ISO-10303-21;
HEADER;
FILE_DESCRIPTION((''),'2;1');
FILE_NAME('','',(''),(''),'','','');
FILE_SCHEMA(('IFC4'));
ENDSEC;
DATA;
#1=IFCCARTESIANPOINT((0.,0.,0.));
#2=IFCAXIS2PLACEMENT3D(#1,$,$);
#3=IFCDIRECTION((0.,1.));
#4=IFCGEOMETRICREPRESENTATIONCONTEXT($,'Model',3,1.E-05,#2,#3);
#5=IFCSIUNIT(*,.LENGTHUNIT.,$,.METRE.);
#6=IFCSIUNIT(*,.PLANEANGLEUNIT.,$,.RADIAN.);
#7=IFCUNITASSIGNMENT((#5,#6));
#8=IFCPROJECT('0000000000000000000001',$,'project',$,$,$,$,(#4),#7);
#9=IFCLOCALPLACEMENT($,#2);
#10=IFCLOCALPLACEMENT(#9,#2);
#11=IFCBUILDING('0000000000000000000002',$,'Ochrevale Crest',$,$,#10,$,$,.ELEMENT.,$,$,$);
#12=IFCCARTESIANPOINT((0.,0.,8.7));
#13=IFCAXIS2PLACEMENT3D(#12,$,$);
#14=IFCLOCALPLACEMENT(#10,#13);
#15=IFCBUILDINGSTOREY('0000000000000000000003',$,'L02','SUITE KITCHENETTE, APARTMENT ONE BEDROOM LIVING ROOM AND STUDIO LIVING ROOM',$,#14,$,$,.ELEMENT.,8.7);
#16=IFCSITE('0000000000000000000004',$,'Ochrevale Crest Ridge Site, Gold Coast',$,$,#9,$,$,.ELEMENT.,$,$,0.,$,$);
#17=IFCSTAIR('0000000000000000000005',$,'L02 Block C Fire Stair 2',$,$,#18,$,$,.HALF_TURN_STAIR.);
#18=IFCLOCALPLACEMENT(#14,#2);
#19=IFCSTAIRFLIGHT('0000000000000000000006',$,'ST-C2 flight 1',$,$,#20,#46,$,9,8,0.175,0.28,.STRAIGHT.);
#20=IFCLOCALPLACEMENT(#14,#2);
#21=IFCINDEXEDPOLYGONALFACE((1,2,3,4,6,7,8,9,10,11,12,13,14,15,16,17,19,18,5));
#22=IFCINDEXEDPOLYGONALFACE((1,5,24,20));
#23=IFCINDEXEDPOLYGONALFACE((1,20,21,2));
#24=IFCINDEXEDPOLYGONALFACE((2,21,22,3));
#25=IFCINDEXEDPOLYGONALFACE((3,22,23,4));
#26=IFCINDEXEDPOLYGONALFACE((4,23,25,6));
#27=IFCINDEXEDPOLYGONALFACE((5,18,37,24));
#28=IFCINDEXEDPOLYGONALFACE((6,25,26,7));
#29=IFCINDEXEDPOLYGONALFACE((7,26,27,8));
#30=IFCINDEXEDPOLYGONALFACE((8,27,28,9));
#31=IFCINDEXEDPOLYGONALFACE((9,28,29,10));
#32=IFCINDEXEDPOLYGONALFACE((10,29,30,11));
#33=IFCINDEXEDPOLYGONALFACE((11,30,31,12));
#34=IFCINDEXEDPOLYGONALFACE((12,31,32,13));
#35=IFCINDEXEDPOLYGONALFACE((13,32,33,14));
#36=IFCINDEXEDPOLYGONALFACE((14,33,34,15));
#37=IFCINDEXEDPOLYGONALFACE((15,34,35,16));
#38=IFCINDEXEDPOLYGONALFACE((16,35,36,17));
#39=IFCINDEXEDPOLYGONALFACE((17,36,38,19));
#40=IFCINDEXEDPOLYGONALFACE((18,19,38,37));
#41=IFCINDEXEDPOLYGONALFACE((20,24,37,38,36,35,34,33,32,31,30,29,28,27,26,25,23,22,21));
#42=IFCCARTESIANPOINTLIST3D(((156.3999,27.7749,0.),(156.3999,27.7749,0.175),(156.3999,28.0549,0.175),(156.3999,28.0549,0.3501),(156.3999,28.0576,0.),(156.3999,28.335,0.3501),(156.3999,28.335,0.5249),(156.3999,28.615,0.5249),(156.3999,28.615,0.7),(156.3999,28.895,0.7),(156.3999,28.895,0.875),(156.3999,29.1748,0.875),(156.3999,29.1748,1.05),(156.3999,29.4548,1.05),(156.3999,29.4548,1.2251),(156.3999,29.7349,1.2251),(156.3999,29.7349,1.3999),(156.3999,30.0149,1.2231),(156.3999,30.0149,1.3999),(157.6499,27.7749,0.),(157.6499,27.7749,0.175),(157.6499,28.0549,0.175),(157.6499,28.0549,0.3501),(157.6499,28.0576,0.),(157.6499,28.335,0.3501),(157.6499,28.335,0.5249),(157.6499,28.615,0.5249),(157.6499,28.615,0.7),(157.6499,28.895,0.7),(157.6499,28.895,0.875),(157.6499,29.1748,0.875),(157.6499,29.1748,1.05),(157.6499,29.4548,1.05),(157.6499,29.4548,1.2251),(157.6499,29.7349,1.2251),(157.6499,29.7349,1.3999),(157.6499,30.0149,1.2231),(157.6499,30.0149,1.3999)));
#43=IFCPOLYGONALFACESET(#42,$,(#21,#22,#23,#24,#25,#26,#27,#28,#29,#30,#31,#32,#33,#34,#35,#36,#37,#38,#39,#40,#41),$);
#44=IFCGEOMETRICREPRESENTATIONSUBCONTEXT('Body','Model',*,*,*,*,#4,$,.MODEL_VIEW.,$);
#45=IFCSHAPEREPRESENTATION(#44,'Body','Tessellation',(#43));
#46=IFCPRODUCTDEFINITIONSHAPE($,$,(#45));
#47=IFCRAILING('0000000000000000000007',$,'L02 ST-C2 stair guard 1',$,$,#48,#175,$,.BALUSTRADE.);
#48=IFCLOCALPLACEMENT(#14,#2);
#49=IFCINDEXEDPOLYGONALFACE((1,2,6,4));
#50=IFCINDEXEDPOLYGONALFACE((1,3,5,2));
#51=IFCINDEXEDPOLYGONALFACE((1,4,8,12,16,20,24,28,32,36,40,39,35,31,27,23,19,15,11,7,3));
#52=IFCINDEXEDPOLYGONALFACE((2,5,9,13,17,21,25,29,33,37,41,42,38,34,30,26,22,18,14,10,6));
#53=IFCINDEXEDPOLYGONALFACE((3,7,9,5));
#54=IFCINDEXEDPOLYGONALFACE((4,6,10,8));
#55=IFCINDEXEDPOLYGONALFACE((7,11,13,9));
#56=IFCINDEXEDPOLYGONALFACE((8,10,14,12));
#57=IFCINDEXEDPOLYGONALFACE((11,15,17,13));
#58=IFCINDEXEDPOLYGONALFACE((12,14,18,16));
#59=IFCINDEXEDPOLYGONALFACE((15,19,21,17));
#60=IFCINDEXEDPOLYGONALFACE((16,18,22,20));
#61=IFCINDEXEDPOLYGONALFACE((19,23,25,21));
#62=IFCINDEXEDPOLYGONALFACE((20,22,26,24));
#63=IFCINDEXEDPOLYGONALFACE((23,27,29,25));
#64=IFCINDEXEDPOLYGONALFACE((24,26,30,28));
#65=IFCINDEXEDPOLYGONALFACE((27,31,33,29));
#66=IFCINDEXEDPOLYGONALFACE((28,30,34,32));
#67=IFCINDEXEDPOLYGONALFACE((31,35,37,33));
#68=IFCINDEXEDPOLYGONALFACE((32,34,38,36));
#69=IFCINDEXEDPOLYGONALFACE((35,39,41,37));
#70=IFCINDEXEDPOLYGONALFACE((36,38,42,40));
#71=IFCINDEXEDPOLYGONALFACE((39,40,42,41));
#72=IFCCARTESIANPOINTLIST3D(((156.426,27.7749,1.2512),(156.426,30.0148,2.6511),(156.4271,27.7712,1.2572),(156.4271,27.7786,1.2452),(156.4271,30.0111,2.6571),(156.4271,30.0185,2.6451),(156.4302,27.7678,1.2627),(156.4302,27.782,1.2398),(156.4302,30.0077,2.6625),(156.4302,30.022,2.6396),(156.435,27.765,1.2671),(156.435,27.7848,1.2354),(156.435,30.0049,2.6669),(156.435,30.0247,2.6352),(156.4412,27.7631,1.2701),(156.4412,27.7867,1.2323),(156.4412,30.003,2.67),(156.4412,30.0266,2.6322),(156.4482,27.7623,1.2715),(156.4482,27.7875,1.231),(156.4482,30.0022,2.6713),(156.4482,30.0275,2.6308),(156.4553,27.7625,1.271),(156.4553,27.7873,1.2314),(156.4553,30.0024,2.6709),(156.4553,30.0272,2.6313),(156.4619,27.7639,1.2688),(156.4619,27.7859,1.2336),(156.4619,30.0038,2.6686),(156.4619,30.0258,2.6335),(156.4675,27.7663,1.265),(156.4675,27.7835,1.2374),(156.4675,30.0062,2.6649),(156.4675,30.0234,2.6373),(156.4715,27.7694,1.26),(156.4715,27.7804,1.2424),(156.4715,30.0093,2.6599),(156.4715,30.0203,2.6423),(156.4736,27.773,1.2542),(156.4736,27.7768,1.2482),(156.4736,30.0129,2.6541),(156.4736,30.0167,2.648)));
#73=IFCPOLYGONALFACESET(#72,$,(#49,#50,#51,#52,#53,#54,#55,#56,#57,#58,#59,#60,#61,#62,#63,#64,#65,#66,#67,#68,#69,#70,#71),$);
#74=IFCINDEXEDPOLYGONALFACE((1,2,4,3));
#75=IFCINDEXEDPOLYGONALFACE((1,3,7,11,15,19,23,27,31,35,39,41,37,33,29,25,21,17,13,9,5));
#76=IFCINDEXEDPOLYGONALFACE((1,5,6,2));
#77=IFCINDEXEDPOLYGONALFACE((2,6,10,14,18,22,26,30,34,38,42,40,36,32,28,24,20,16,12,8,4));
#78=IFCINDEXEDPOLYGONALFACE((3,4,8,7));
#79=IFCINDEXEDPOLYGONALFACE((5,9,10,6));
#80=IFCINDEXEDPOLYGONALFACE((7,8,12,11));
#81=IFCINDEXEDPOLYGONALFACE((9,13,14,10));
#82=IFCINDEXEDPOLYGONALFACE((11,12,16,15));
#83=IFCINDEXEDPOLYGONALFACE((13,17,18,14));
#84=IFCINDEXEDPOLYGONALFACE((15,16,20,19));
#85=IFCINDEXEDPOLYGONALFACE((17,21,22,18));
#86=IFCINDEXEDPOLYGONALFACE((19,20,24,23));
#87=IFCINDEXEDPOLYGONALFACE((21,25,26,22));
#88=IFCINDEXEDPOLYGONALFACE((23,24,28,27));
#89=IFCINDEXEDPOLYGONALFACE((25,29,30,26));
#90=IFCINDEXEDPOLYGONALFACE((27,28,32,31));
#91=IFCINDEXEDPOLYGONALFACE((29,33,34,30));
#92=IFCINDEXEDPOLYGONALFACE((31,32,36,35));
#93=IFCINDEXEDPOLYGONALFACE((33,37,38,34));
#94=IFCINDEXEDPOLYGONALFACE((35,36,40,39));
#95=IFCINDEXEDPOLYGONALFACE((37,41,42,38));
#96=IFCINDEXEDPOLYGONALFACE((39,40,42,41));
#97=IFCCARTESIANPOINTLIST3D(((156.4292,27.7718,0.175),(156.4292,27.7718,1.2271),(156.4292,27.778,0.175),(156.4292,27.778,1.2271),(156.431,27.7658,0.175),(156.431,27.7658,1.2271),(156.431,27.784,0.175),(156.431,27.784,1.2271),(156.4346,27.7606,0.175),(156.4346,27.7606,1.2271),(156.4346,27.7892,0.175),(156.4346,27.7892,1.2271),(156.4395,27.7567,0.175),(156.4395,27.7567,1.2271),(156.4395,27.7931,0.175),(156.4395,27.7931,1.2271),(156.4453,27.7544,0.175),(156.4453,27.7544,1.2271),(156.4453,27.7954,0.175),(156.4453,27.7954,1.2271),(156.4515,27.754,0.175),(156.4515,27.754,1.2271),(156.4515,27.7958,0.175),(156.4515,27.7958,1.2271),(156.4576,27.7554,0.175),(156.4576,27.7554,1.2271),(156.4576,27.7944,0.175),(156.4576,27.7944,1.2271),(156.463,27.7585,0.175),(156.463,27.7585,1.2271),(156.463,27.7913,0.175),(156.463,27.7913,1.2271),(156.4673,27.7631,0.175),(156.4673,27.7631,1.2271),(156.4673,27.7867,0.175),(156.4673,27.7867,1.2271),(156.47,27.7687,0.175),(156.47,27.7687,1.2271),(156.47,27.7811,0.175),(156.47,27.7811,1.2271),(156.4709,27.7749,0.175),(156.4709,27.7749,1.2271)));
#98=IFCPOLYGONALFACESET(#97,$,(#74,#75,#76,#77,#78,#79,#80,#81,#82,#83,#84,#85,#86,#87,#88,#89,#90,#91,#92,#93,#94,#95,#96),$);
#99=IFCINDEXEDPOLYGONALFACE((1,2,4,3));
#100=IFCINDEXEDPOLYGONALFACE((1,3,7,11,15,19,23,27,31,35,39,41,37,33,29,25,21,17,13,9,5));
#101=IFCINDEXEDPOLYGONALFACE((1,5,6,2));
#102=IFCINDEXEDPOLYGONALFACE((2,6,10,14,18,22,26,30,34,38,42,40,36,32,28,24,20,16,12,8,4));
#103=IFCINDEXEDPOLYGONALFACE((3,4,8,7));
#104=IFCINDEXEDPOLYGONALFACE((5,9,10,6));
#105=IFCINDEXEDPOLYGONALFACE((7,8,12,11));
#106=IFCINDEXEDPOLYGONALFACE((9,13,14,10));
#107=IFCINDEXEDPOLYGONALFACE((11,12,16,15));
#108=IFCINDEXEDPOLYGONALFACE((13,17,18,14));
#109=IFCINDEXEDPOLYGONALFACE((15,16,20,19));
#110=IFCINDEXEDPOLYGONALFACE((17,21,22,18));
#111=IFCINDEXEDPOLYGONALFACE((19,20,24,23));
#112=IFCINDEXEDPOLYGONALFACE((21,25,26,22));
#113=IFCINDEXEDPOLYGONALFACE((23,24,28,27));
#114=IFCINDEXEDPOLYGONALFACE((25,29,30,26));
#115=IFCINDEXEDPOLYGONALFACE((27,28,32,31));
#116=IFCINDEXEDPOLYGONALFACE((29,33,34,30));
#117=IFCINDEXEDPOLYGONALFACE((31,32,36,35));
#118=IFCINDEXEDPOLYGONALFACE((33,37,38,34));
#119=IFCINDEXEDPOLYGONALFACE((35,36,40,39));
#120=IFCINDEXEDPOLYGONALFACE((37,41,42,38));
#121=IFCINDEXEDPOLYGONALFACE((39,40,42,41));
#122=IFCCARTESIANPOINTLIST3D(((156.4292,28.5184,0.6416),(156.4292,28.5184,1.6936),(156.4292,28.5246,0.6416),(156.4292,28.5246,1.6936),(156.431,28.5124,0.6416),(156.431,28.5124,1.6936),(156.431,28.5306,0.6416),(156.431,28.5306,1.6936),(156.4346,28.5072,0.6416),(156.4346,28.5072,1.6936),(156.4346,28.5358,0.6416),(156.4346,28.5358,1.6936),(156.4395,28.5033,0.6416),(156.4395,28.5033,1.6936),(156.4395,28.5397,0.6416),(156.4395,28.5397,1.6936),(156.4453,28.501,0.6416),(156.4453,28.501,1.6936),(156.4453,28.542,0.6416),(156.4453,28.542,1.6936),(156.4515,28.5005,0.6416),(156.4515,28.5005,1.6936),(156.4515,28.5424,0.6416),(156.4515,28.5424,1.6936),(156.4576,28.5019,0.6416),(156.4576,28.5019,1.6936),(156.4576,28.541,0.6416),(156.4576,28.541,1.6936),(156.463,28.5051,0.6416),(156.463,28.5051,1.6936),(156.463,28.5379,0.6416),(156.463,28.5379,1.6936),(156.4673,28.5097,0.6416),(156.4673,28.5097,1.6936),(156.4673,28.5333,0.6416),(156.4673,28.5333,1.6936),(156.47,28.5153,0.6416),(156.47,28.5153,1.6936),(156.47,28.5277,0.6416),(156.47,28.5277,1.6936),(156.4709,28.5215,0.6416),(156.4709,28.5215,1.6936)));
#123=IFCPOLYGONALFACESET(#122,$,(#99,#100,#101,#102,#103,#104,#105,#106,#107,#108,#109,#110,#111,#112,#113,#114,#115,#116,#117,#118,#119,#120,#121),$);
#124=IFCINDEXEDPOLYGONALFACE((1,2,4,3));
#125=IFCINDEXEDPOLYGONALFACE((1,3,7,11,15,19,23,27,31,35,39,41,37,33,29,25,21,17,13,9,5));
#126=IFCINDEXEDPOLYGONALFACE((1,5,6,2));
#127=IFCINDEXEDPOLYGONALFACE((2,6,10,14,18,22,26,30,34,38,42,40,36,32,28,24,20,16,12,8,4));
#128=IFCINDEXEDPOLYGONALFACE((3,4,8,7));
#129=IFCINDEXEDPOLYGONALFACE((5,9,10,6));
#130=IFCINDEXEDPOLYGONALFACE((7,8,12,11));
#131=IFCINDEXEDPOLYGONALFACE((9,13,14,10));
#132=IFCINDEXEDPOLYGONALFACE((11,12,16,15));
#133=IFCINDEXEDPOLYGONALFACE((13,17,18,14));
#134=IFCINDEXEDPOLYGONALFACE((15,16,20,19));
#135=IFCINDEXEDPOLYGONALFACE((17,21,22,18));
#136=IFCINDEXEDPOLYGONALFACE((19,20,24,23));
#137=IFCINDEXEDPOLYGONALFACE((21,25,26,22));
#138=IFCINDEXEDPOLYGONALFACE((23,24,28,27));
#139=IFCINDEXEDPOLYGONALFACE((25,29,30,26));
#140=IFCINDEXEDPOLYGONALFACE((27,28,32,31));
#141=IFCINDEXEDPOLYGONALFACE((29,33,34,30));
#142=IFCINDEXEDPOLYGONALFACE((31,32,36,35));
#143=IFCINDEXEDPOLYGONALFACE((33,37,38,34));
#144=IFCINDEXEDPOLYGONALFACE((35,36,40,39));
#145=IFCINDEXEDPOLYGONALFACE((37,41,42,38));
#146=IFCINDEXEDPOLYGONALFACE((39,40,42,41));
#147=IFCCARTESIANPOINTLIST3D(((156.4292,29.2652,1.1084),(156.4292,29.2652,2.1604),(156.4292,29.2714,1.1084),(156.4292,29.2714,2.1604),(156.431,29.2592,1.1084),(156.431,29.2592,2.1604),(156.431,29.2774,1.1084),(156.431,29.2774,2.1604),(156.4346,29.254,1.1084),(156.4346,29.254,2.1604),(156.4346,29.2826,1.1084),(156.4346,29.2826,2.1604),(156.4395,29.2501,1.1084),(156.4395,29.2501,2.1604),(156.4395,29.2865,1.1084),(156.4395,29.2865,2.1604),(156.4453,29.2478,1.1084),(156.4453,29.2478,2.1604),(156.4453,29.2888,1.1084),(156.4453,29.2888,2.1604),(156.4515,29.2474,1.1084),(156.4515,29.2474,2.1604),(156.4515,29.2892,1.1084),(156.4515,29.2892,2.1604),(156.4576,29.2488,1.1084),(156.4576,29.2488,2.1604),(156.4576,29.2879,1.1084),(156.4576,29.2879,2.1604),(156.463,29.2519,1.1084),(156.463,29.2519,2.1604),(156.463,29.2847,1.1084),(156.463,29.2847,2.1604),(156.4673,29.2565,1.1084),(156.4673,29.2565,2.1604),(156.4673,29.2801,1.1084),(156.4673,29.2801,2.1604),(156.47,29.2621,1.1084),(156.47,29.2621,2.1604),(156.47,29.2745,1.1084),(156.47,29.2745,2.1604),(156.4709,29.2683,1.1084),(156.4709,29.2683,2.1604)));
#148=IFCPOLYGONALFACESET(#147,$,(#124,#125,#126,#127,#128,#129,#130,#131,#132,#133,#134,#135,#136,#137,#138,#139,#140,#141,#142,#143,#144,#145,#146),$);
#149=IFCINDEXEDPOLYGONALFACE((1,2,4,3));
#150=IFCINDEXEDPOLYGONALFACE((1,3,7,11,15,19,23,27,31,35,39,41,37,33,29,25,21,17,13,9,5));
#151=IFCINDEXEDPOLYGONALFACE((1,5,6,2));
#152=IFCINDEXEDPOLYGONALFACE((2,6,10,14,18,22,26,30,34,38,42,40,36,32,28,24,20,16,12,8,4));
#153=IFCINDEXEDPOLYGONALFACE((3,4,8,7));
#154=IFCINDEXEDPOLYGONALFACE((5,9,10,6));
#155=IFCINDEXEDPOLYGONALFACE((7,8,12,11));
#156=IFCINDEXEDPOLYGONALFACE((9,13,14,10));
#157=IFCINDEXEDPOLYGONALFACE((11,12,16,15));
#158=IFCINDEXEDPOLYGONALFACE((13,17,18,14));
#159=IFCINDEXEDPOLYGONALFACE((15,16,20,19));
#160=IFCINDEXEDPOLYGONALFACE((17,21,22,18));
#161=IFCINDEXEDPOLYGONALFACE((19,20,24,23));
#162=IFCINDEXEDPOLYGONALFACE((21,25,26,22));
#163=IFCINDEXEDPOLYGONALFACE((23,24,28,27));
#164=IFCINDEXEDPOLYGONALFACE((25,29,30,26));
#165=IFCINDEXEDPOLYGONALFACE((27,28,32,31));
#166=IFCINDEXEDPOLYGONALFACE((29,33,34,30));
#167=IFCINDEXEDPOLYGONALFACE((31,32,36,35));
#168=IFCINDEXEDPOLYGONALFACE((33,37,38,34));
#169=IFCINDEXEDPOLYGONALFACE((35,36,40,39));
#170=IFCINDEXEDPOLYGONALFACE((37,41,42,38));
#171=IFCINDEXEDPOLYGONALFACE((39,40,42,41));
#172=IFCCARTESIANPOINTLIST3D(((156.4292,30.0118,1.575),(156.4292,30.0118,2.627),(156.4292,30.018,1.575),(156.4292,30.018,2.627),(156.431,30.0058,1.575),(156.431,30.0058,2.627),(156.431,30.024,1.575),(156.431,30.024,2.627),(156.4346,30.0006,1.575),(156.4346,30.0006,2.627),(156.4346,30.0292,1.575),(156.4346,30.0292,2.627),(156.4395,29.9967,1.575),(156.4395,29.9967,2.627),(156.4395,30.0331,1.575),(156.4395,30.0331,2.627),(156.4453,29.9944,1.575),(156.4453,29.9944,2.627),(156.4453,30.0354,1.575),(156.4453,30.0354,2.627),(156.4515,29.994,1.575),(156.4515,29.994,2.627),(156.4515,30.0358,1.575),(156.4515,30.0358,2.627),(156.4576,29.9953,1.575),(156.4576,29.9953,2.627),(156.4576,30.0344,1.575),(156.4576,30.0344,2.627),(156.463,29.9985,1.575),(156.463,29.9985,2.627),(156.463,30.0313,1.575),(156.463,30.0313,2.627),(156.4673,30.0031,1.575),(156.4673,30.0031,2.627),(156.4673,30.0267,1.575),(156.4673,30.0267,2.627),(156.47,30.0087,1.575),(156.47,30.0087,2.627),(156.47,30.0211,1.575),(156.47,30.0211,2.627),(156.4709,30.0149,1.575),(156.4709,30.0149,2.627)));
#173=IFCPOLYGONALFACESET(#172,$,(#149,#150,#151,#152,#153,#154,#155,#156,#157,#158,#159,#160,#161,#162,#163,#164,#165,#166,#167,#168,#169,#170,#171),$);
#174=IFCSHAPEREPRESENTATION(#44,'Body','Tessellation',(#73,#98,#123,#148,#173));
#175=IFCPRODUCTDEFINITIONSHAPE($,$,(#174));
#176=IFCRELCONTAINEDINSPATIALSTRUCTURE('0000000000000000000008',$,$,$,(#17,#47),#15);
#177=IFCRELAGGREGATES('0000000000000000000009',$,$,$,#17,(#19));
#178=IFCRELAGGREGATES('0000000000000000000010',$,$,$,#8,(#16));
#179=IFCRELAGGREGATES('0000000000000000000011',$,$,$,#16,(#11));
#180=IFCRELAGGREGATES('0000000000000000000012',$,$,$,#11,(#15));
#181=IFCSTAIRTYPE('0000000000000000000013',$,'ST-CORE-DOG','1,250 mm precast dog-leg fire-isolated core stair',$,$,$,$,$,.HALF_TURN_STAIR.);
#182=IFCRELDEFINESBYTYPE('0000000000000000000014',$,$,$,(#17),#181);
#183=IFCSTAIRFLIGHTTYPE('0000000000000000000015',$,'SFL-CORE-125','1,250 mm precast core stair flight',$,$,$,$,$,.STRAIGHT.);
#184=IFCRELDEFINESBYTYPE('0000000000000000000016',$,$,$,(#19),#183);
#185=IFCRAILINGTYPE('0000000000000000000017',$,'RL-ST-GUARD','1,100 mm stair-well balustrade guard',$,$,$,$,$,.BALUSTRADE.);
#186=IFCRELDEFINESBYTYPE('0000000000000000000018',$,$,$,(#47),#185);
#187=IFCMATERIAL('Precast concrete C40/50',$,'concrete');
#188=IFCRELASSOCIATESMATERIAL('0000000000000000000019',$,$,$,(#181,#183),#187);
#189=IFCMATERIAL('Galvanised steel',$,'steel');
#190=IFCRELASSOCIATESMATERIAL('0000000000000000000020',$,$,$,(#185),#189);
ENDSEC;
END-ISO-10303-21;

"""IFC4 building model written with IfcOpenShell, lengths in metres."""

from ifc_helpers import new_model, si_unit, direction, frame, origin, origin_2d, place, context, subcontext, project, spatial, polyline, circle, outline, extrude, material, type_object, element, aggregate, save


model = new_model("IFC4")

# Units and contexts
model_context = context("Model", 3, precision=1e-05, world=origin(), true_north=direction((0.0, 1.0)))
body_context = subcontext(model_context, "Body", "Model", "MODEL_VIEW")
ifc_project = project(units=[si_unit("LENGTHUNIT", "METRE"), si_unit("PLANEANGLEUNIT", "RADIAN")], contexts=[model_context])

# Site, building, storey
site_placement = place(None, origin())
site = spatial("IfcSite", under=ifc_project, at=site_placement, Name="Ochrevale Crest Ridge Site, Gold Coast", CompositionType="ELEMENT", RefElevation=0.0)
building_placement = place(site_placement, origin())
building = spatial("IfcBuilding", under=site, at=building_placement, Name="Ochrevale Crest", CompositionType="ELEMENT")
storey_placement = place(building_placement, frame((0.0, 0.0, 8.7)))
storey = spatial("IfcBuildingStorey", under=building, at=storey_placement, Name="L02", Description="SUITE KITCHENETTE, APARTMENT ONE BEDROOM LIVING ROOM AND STUDIO LIVING ROOM", CompositionType="ELEMENT", Elevation=8.7)

# Stair, stair flight
ifc_material_1 = material(Name="Precast concrete C40/50", Category="concrete")
stair_type = type_object("IfcStairType", Name="ST-CORE-DOG", Description="1,250 mm precast dog-leg fire-isolated core stair", PredefinedType="HALF_TURN_STAIR", material=ifc_material_1)
stair_placement = place(storey_placement, origin())
stair = element("IfcStair", 1, at=stair_placement, inside=storey, type_object=stair_type, Name="L02 Block C Fire Stair 2", PredefinedType="HALF_TURN_STAIR")
stair_flight_type = type_object("IfcStairFlightType", Name="SFL-CORE-125", Description="1,250 mm precast core stair flight", PredefinedType="STRAIGHT", material=ifc_material_1)
stair_flight_placement = place(storey_placement, frame((157.0249, 27.7749, 0.0), z_axis=(0.0, 0.0, 1.0), x_axis=(0.0, 1.0, 0.0)))
stair_flight = element("IfcStairFlight", 2, at=stair_flight_placement, type_object=stair_flight_type, Name="ST-C2 flight 1", NumberOfRisers=9, NumberOfTreads=8, PredefinedType="STRAIGHT", RiserHeight=0.175, TreadLength=0.28, context=body_context, shape_type="SweptSolid", body=[
    extrude(outline(polyline([(0.0, 0.0), (0.0, 0.175), (0.28, 0.175), (0.28, 0.3501), (0.5601, 0.3501), (0.5601, 0.5249), (0.8401, 0.5249), (0.8401, 0.7), (1.1201, 0.7), (1.1201, 0.875), (1.3999, 0.875), (1.3999, 1.05), (1.6799, 1.05), (1.6799, 1.2251), (1.96, 1.2251), (1.96, 1.3999), (2.24, 1.3999), (2.24, 1.575), (2.24, 1.2231), (0.2827, 0.0), (0.0, 0.0)])), frame((0.0, 0.625, 0.0), z_axis=(0.0, -1.0, 0.0), x_axis=(1.0, 0.0, 0.0)), (0.0, 0.0, 1.0), 1.25),
])
aggregate(stair, [stair_flight])

# Railing
ifc_material_2 = material(Name="Galvanised steel", Category="steel")
railing_type_1 = type_object("IfcRailingType", Name="RL-ST-GUARD", Description="1,100 mm stair-well balustrade guard", PredefinedType="BALUSTRADE", material=ifc_material_2)
railing_1_placement = place(storey_placement, frame((156.45, 27.7749, 0.175)))
element("IfcRailing", 3, at=railing_1_placement, inside=storey, type_object=railing_type_1, Name="L02 ST-C2 stair guard 1", PredefinedType="BALUSTRADE", context=body_context, shape_type="SweptSolid", body=[
    extrude(circle(Radius=0.0239, at=origin_2d()), frame((0.0, 0.0, 1.0762), z_axis=(0.0, 0.848014, 0.529974), x_axis=(-1.0, 0.0, 0.0)), (0.0, 0.0, 1.0), 2.6414),
    extrude(circle(Radius=0.021, at=origin_2d()), origin(), (0.0, 0.0, 1.0), 1.052),
    extrude(circle(Radius=0.021, at=origin_2d()), frame((0.0, 0.7466, 0.4666)), (0.0, 0.0, 1.0), 1.052),
    extrude(circle(Radius=0.021, at=origin_2d()), frame((0.0, 1.4934, 0.9333)), (0.0, 0.0, 1.0), 1.052),
    extrude(circle(Radius=0.021, at=origin_2d()), frame((0.0, 2.24, 1.3999)), (0.0, 0.0, 1.0), 1.052),
])

save(model, "model.ifc")
